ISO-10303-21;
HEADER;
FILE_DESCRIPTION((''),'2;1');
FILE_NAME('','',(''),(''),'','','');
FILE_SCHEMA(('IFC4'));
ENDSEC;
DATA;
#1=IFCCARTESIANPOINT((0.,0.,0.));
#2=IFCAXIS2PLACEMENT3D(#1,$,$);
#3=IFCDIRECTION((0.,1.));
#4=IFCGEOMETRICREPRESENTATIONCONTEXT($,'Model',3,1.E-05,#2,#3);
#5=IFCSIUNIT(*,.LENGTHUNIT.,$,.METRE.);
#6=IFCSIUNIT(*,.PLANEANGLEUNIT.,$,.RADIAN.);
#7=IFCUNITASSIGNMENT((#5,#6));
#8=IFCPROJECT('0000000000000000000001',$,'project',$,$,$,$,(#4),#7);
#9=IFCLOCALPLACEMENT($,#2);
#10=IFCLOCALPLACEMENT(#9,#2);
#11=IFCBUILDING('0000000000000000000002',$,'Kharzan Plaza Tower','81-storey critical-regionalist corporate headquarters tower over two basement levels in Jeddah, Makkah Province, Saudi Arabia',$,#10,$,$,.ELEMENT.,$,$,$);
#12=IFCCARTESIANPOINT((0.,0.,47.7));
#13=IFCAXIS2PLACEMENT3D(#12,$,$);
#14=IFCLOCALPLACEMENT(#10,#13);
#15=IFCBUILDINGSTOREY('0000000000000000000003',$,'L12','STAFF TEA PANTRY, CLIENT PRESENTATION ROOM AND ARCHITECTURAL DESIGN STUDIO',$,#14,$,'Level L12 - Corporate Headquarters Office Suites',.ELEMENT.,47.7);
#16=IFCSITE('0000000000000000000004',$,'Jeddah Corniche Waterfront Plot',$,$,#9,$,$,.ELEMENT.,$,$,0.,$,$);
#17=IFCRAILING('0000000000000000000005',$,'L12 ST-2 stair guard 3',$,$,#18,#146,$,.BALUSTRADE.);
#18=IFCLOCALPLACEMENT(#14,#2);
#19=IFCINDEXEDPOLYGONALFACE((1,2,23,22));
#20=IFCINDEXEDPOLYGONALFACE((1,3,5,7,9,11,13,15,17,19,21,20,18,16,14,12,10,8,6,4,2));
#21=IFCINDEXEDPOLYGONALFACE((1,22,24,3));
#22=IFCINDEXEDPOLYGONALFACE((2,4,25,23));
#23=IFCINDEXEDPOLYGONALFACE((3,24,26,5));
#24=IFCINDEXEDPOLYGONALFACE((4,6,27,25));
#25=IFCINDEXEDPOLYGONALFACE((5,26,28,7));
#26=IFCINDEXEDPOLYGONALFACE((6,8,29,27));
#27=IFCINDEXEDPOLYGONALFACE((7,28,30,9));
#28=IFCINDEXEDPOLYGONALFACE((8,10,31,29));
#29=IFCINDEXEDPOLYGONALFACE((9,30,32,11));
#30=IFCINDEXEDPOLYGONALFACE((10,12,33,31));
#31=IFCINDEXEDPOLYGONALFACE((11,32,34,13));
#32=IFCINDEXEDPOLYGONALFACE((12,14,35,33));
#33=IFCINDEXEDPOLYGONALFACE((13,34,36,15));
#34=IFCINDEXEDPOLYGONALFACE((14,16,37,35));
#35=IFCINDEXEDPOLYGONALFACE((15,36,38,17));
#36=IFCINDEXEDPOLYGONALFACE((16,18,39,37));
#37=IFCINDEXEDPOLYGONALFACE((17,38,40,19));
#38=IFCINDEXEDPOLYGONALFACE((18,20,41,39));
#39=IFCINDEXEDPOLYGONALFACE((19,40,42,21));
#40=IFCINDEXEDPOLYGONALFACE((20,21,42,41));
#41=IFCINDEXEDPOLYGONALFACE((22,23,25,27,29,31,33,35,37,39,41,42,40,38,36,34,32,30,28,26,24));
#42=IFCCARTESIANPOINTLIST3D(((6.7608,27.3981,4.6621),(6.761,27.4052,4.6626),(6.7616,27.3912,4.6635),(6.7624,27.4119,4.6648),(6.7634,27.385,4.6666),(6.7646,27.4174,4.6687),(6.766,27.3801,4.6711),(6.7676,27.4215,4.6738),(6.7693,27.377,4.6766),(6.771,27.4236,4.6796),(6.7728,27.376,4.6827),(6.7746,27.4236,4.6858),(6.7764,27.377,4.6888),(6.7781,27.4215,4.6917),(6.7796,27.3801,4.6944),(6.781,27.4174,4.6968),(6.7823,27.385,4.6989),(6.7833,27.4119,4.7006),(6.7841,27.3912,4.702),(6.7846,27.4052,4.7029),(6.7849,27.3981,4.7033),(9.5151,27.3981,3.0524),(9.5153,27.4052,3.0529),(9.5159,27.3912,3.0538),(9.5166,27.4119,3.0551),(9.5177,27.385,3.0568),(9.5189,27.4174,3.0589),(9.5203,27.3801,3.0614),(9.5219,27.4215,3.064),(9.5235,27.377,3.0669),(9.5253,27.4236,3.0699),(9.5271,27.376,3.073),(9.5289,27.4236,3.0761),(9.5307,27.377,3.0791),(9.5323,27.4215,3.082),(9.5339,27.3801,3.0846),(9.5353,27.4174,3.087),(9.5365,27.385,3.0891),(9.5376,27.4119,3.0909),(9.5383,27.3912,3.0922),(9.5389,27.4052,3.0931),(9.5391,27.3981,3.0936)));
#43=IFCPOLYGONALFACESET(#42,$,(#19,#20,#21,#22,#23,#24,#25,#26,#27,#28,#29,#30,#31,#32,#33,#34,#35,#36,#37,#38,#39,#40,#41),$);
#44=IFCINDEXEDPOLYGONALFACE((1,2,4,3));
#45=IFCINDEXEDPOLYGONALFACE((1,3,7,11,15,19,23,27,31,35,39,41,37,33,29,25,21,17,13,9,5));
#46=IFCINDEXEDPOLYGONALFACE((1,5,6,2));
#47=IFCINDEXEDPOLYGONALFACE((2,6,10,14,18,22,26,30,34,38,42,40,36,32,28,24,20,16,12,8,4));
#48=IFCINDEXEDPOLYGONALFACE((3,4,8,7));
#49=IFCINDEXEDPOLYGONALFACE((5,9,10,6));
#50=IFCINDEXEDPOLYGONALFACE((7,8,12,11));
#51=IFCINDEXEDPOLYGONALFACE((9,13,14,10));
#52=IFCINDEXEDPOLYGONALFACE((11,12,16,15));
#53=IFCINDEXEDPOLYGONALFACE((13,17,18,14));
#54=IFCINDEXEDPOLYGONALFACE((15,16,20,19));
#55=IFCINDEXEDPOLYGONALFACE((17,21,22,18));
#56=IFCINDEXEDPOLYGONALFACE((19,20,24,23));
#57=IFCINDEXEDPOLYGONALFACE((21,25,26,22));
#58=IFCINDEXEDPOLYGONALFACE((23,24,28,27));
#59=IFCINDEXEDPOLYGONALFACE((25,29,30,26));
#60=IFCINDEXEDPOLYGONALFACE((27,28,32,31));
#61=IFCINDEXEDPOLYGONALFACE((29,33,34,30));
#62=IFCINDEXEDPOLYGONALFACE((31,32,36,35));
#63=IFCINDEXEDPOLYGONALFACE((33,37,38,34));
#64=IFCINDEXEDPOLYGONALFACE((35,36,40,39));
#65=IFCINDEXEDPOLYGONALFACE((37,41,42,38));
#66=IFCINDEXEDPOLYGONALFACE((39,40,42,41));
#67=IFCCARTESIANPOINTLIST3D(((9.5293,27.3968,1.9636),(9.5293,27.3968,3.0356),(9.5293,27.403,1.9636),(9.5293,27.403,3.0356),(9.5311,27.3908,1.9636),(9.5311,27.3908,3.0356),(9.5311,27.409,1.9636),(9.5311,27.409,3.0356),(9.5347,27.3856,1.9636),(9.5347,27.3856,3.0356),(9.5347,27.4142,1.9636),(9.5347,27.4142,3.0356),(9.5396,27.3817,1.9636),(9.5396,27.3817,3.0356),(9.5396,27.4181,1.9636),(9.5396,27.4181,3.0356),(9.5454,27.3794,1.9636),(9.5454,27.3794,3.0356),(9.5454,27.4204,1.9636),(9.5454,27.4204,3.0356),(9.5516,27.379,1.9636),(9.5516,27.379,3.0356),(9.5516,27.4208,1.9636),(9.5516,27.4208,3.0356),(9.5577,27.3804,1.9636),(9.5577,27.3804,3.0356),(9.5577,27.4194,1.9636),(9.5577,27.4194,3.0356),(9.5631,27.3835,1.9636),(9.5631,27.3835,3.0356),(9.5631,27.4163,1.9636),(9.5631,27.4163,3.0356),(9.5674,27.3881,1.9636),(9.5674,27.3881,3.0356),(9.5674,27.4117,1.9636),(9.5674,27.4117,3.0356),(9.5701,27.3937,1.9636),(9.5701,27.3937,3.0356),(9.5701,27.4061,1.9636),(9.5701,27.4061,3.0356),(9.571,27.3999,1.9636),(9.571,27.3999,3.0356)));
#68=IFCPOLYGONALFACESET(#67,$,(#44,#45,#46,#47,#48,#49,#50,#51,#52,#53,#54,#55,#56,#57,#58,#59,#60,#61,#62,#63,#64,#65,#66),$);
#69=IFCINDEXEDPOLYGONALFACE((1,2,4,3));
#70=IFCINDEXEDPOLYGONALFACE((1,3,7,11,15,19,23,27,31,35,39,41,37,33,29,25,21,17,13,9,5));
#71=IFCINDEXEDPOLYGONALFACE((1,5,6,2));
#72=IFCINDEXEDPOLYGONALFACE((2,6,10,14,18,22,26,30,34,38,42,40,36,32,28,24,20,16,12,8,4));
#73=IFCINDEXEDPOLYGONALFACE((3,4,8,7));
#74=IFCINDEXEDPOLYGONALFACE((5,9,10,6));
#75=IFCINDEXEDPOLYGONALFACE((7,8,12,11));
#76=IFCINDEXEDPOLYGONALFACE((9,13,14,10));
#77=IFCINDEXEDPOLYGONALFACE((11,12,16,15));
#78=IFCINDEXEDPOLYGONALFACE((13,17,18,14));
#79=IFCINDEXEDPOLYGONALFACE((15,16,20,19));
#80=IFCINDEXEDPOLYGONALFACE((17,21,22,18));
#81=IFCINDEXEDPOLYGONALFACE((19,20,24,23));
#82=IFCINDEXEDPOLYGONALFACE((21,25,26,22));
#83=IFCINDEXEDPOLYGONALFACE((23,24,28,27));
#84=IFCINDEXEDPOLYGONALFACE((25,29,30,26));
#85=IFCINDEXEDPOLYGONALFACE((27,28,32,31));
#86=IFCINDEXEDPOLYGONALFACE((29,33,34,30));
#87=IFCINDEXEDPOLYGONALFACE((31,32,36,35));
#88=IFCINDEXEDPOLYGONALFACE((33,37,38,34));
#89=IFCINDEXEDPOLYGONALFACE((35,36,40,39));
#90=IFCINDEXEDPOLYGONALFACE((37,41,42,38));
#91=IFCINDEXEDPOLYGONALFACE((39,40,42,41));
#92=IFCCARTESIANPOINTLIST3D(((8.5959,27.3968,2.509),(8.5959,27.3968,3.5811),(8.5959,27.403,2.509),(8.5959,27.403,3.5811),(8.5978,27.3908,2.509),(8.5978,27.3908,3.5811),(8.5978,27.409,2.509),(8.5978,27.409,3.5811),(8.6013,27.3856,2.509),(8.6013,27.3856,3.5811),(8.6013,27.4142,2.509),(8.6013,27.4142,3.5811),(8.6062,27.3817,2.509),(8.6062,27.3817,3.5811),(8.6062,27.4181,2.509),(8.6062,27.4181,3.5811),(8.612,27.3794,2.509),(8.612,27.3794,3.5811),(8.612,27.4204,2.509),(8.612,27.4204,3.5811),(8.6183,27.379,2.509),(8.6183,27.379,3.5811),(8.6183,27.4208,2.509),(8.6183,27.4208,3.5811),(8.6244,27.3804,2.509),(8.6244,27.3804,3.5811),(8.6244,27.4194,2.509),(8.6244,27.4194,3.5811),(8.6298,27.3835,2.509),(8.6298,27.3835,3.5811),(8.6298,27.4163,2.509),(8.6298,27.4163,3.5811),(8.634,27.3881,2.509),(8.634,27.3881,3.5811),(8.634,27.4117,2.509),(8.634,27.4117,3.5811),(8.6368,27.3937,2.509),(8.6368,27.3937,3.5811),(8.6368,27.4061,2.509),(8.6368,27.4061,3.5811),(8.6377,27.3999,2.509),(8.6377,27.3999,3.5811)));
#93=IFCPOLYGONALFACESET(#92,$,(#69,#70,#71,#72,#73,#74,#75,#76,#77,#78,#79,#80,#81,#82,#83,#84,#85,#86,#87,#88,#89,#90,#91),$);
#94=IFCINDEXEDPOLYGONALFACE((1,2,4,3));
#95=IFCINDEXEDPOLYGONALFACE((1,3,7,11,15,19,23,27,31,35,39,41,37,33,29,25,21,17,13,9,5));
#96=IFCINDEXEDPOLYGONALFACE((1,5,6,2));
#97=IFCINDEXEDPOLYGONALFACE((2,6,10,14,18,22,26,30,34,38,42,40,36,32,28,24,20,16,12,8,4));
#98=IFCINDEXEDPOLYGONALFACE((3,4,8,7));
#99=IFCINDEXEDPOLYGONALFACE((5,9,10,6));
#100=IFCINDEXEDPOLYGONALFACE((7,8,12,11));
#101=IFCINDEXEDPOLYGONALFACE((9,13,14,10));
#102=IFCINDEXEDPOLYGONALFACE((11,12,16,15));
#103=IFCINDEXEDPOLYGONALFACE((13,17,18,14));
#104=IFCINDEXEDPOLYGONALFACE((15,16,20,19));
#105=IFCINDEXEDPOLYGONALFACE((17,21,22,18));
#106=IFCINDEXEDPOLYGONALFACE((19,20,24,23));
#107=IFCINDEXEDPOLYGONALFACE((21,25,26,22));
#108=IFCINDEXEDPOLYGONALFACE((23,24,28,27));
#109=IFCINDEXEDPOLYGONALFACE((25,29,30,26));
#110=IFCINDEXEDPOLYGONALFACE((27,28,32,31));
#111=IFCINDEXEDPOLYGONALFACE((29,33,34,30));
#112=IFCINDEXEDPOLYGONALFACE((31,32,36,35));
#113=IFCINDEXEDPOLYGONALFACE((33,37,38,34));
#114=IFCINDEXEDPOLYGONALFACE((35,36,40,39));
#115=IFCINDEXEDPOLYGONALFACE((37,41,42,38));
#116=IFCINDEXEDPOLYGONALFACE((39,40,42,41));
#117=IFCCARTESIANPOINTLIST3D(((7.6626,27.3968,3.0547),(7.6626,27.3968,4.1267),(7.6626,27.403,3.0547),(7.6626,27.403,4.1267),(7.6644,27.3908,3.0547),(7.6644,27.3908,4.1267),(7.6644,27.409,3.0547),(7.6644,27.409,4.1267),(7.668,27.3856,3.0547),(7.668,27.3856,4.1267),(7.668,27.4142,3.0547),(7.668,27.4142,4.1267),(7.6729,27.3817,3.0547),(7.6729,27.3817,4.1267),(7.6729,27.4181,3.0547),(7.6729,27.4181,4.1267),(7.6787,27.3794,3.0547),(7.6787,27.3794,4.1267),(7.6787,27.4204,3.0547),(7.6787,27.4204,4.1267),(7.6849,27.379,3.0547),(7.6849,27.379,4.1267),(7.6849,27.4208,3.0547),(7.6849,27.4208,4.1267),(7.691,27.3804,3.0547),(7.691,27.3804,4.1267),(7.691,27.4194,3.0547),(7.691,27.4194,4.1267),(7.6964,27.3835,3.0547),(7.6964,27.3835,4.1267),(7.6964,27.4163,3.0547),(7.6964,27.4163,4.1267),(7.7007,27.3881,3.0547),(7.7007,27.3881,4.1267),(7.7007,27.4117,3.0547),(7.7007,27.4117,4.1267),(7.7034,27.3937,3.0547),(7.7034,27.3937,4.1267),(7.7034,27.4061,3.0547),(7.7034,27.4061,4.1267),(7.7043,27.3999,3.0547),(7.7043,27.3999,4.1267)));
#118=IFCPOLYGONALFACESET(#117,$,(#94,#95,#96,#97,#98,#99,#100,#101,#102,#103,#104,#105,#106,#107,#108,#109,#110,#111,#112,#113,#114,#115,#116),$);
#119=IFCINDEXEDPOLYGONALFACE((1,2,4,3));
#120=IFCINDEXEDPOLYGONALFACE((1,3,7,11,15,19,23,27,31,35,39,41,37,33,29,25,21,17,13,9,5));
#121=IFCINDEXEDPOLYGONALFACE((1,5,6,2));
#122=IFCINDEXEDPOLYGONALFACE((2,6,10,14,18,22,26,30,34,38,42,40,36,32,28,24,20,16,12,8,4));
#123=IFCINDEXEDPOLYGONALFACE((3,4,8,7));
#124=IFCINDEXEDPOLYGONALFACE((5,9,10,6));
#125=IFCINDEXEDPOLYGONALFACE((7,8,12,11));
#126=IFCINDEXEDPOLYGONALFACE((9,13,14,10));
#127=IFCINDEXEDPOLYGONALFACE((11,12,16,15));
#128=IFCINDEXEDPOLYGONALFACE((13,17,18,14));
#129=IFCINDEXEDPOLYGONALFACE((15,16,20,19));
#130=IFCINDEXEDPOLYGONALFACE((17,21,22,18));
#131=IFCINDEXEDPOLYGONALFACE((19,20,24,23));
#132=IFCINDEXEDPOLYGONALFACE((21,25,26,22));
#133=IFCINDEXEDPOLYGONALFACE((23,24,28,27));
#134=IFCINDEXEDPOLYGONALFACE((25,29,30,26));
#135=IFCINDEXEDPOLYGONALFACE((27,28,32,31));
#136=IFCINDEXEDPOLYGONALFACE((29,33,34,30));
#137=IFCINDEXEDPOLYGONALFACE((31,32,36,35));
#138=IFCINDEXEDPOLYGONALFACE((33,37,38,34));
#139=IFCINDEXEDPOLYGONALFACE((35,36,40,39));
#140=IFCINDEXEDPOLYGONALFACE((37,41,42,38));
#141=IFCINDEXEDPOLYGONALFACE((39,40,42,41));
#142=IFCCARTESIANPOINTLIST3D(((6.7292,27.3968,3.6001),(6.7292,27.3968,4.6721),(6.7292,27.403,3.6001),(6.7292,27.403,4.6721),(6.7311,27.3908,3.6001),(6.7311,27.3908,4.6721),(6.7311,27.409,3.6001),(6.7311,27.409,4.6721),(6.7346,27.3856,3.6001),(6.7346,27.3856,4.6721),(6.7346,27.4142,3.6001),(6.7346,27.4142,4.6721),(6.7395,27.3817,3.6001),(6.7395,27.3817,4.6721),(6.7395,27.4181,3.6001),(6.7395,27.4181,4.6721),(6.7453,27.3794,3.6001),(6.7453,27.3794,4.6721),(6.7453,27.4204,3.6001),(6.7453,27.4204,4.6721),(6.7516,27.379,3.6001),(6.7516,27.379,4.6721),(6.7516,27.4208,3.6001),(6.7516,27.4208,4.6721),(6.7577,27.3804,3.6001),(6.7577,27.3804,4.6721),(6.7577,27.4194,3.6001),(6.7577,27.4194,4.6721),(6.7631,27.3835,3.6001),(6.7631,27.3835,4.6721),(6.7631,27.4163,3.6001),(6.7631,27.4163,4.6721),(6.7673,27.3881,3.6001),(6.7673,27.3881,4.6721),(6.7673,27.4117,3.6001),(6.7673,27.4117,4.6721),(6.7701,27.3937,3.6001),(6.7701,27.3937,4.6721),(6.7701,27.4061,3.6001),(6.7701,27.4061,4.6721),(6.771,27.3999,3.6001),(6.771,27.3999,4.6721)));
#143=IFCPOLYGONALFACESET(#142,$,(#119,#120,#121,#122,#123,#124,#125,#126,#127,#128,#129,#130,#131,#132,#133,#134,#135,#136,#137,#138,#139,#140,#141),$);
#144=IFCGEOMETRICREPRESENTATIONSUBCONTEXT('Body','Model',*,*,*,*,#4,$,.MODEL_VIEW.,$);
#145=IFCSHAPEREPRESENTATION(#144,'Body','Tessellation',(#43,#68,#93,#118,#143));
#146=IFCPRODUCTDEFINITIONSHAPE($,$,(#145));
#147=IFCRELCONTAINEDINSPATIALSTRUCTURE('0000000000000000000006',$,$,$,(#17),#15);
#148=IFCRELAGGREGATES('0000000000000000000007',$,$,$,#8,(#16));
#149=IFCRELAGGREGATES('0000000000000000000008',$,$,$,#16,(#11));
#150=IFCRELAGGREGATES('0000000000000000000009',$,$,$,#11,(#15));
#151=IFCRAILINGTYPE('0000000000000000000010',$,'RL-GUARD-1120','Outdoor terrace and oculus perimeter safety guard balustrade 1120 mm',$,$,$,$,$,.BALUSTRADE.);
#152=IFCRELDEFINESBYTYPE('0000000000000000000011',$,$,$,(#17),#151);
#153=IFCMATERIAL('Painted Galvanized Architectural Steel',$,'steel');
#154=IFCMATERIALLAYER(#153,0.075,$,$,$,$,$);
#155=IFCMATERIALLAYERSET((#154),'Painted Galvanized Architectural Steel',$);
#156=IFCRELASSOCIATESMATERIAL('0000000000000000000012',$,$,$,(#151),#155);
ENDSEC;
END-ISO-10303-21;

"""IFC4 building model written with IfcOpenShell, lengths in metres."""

from ifc_helpers import new_model, si_unit, direction, frame, origin, origin_2d, place, context, subcontext, project, spatial, circle, extrude, source, transform, mapped, material, layer, layer_set, type_object, element, save


model = new_model("IFC4")

# Units and contexts
model_context = context("Model", 3, precision=1e-05, world=origin(), true_north=direction((0.0, 1.0)))
body_context = subcontext(model_context, "Body", "Model", "MODEL_VIEW")
ifc_project = project(units=[si_unit("LENGTHUNIT", "METRE"), si_unit("PLANEANGLEUNIT", "RADIAN")], contexts=[model_context])

# Site, building, storey
site_placement = place(None, origin())
site = spatial("IfcSite", under=ifc_project, at=site_placement, Name="Jeddah Corniche Waterfront Plot", CompositionType="ELEMENT", RefElevation=0.0)
building_placement = place(site_placement, origin())
building = spatial("IfcBuilding", under=site, at=building_placement, Name="Kharzan Plaza Tower", Description="81-storey critical-regionalist corporate headquarters tower over two basement levels in Jeddah, Makkah Province, Saudi Arabia", CompositionType="ELEMENT")
storey_placement = place(building_placement, frame((0.0, 0.0, 47.7)))
storey = spatial("IfcBuildingStorey", under=building, at=storey_placement, Name="L12", Description="STAFF TEA PANTRY, CLIENT PRESENTATION ROOM AND ARCHITECTURAL DESIGN STUDIO", LongName="Level L12 - Corporate Headquarters Office Suites", CompositionType="ELEMENT", Elevation=47.7)

# Railing
ifc_material_1 = material(Name="Painted Galvanized Architectural Steel", Category="steel")
ifc_layer_1 = layer(ifc_material_1, 0.075)
ifc_layer_set_1 = layer_set([ifc_layer_1], Name="Painted Galvanized Architectural Steel")
railing_type_1 = type_object("IfcRailingType", Name="RL-GUARD-1120", Description="Outdoor terrace and oculus perimeter safety guard balustrade 1120 mm", PredefinedType="BALUSTRADE", material=ifc_layer_set_1)
shared_shape_1 = source(origin(), body_context, "Body", "SweptSolid", [
    extrude(circle(Radius=0.0239, at=origin_2d()), frame((-0.0229, 0.0, 1.1094), z_axis=(-0.863361, 0.0, 0.504587), x_axis=(0.0, -1.0, 0.0)), (0.0, 0.0, 1.0), 3.1902),
    extrude(circle(Radius=0.021, at=origin_2d()), origin(), (0.0, 0.0, 1.0), 1.072),
    extrude(circle(Radius=0.021, at=origin_2d()), frame((-0.9333, 0.0, 0.5454)), (0.0, 0.0, 1.0), 1.072),
    extrude(circle(Radius=0.021, at=origin_2d()), frame((-1.8667, 0.0, 1.0911)), (0.0, 0.0, 1.0), 1.072),
    extrude(circle(Radius=0.021, at=origin_2d()), frame((-2.8, 0.0, 1.6365)), (0.0, 0.0, 1.0), 1.072),
])
railing_1_placement = place(storey_placement, frame((9.55, 27.3999, 1.9636)))
element("IfcRailing", 1, at=railing_1_placement, inside=storey, type_object=railing_type_1, Name="L12 ST-2 stair guard 3", PredefinedType="BALUSTRADE", context=body_context, shape_type="MappedRepresentation", body=[
    mapped(shared_shape_1, transform((0.0, 0.0, 0.0), x_axis=(1.0, 0.0, 0.0), y_axis=(0.0, 1.0, 0.0), z_axis=(0.0, 0.0, 1.0))),
])

save(model, "model.ifc")
